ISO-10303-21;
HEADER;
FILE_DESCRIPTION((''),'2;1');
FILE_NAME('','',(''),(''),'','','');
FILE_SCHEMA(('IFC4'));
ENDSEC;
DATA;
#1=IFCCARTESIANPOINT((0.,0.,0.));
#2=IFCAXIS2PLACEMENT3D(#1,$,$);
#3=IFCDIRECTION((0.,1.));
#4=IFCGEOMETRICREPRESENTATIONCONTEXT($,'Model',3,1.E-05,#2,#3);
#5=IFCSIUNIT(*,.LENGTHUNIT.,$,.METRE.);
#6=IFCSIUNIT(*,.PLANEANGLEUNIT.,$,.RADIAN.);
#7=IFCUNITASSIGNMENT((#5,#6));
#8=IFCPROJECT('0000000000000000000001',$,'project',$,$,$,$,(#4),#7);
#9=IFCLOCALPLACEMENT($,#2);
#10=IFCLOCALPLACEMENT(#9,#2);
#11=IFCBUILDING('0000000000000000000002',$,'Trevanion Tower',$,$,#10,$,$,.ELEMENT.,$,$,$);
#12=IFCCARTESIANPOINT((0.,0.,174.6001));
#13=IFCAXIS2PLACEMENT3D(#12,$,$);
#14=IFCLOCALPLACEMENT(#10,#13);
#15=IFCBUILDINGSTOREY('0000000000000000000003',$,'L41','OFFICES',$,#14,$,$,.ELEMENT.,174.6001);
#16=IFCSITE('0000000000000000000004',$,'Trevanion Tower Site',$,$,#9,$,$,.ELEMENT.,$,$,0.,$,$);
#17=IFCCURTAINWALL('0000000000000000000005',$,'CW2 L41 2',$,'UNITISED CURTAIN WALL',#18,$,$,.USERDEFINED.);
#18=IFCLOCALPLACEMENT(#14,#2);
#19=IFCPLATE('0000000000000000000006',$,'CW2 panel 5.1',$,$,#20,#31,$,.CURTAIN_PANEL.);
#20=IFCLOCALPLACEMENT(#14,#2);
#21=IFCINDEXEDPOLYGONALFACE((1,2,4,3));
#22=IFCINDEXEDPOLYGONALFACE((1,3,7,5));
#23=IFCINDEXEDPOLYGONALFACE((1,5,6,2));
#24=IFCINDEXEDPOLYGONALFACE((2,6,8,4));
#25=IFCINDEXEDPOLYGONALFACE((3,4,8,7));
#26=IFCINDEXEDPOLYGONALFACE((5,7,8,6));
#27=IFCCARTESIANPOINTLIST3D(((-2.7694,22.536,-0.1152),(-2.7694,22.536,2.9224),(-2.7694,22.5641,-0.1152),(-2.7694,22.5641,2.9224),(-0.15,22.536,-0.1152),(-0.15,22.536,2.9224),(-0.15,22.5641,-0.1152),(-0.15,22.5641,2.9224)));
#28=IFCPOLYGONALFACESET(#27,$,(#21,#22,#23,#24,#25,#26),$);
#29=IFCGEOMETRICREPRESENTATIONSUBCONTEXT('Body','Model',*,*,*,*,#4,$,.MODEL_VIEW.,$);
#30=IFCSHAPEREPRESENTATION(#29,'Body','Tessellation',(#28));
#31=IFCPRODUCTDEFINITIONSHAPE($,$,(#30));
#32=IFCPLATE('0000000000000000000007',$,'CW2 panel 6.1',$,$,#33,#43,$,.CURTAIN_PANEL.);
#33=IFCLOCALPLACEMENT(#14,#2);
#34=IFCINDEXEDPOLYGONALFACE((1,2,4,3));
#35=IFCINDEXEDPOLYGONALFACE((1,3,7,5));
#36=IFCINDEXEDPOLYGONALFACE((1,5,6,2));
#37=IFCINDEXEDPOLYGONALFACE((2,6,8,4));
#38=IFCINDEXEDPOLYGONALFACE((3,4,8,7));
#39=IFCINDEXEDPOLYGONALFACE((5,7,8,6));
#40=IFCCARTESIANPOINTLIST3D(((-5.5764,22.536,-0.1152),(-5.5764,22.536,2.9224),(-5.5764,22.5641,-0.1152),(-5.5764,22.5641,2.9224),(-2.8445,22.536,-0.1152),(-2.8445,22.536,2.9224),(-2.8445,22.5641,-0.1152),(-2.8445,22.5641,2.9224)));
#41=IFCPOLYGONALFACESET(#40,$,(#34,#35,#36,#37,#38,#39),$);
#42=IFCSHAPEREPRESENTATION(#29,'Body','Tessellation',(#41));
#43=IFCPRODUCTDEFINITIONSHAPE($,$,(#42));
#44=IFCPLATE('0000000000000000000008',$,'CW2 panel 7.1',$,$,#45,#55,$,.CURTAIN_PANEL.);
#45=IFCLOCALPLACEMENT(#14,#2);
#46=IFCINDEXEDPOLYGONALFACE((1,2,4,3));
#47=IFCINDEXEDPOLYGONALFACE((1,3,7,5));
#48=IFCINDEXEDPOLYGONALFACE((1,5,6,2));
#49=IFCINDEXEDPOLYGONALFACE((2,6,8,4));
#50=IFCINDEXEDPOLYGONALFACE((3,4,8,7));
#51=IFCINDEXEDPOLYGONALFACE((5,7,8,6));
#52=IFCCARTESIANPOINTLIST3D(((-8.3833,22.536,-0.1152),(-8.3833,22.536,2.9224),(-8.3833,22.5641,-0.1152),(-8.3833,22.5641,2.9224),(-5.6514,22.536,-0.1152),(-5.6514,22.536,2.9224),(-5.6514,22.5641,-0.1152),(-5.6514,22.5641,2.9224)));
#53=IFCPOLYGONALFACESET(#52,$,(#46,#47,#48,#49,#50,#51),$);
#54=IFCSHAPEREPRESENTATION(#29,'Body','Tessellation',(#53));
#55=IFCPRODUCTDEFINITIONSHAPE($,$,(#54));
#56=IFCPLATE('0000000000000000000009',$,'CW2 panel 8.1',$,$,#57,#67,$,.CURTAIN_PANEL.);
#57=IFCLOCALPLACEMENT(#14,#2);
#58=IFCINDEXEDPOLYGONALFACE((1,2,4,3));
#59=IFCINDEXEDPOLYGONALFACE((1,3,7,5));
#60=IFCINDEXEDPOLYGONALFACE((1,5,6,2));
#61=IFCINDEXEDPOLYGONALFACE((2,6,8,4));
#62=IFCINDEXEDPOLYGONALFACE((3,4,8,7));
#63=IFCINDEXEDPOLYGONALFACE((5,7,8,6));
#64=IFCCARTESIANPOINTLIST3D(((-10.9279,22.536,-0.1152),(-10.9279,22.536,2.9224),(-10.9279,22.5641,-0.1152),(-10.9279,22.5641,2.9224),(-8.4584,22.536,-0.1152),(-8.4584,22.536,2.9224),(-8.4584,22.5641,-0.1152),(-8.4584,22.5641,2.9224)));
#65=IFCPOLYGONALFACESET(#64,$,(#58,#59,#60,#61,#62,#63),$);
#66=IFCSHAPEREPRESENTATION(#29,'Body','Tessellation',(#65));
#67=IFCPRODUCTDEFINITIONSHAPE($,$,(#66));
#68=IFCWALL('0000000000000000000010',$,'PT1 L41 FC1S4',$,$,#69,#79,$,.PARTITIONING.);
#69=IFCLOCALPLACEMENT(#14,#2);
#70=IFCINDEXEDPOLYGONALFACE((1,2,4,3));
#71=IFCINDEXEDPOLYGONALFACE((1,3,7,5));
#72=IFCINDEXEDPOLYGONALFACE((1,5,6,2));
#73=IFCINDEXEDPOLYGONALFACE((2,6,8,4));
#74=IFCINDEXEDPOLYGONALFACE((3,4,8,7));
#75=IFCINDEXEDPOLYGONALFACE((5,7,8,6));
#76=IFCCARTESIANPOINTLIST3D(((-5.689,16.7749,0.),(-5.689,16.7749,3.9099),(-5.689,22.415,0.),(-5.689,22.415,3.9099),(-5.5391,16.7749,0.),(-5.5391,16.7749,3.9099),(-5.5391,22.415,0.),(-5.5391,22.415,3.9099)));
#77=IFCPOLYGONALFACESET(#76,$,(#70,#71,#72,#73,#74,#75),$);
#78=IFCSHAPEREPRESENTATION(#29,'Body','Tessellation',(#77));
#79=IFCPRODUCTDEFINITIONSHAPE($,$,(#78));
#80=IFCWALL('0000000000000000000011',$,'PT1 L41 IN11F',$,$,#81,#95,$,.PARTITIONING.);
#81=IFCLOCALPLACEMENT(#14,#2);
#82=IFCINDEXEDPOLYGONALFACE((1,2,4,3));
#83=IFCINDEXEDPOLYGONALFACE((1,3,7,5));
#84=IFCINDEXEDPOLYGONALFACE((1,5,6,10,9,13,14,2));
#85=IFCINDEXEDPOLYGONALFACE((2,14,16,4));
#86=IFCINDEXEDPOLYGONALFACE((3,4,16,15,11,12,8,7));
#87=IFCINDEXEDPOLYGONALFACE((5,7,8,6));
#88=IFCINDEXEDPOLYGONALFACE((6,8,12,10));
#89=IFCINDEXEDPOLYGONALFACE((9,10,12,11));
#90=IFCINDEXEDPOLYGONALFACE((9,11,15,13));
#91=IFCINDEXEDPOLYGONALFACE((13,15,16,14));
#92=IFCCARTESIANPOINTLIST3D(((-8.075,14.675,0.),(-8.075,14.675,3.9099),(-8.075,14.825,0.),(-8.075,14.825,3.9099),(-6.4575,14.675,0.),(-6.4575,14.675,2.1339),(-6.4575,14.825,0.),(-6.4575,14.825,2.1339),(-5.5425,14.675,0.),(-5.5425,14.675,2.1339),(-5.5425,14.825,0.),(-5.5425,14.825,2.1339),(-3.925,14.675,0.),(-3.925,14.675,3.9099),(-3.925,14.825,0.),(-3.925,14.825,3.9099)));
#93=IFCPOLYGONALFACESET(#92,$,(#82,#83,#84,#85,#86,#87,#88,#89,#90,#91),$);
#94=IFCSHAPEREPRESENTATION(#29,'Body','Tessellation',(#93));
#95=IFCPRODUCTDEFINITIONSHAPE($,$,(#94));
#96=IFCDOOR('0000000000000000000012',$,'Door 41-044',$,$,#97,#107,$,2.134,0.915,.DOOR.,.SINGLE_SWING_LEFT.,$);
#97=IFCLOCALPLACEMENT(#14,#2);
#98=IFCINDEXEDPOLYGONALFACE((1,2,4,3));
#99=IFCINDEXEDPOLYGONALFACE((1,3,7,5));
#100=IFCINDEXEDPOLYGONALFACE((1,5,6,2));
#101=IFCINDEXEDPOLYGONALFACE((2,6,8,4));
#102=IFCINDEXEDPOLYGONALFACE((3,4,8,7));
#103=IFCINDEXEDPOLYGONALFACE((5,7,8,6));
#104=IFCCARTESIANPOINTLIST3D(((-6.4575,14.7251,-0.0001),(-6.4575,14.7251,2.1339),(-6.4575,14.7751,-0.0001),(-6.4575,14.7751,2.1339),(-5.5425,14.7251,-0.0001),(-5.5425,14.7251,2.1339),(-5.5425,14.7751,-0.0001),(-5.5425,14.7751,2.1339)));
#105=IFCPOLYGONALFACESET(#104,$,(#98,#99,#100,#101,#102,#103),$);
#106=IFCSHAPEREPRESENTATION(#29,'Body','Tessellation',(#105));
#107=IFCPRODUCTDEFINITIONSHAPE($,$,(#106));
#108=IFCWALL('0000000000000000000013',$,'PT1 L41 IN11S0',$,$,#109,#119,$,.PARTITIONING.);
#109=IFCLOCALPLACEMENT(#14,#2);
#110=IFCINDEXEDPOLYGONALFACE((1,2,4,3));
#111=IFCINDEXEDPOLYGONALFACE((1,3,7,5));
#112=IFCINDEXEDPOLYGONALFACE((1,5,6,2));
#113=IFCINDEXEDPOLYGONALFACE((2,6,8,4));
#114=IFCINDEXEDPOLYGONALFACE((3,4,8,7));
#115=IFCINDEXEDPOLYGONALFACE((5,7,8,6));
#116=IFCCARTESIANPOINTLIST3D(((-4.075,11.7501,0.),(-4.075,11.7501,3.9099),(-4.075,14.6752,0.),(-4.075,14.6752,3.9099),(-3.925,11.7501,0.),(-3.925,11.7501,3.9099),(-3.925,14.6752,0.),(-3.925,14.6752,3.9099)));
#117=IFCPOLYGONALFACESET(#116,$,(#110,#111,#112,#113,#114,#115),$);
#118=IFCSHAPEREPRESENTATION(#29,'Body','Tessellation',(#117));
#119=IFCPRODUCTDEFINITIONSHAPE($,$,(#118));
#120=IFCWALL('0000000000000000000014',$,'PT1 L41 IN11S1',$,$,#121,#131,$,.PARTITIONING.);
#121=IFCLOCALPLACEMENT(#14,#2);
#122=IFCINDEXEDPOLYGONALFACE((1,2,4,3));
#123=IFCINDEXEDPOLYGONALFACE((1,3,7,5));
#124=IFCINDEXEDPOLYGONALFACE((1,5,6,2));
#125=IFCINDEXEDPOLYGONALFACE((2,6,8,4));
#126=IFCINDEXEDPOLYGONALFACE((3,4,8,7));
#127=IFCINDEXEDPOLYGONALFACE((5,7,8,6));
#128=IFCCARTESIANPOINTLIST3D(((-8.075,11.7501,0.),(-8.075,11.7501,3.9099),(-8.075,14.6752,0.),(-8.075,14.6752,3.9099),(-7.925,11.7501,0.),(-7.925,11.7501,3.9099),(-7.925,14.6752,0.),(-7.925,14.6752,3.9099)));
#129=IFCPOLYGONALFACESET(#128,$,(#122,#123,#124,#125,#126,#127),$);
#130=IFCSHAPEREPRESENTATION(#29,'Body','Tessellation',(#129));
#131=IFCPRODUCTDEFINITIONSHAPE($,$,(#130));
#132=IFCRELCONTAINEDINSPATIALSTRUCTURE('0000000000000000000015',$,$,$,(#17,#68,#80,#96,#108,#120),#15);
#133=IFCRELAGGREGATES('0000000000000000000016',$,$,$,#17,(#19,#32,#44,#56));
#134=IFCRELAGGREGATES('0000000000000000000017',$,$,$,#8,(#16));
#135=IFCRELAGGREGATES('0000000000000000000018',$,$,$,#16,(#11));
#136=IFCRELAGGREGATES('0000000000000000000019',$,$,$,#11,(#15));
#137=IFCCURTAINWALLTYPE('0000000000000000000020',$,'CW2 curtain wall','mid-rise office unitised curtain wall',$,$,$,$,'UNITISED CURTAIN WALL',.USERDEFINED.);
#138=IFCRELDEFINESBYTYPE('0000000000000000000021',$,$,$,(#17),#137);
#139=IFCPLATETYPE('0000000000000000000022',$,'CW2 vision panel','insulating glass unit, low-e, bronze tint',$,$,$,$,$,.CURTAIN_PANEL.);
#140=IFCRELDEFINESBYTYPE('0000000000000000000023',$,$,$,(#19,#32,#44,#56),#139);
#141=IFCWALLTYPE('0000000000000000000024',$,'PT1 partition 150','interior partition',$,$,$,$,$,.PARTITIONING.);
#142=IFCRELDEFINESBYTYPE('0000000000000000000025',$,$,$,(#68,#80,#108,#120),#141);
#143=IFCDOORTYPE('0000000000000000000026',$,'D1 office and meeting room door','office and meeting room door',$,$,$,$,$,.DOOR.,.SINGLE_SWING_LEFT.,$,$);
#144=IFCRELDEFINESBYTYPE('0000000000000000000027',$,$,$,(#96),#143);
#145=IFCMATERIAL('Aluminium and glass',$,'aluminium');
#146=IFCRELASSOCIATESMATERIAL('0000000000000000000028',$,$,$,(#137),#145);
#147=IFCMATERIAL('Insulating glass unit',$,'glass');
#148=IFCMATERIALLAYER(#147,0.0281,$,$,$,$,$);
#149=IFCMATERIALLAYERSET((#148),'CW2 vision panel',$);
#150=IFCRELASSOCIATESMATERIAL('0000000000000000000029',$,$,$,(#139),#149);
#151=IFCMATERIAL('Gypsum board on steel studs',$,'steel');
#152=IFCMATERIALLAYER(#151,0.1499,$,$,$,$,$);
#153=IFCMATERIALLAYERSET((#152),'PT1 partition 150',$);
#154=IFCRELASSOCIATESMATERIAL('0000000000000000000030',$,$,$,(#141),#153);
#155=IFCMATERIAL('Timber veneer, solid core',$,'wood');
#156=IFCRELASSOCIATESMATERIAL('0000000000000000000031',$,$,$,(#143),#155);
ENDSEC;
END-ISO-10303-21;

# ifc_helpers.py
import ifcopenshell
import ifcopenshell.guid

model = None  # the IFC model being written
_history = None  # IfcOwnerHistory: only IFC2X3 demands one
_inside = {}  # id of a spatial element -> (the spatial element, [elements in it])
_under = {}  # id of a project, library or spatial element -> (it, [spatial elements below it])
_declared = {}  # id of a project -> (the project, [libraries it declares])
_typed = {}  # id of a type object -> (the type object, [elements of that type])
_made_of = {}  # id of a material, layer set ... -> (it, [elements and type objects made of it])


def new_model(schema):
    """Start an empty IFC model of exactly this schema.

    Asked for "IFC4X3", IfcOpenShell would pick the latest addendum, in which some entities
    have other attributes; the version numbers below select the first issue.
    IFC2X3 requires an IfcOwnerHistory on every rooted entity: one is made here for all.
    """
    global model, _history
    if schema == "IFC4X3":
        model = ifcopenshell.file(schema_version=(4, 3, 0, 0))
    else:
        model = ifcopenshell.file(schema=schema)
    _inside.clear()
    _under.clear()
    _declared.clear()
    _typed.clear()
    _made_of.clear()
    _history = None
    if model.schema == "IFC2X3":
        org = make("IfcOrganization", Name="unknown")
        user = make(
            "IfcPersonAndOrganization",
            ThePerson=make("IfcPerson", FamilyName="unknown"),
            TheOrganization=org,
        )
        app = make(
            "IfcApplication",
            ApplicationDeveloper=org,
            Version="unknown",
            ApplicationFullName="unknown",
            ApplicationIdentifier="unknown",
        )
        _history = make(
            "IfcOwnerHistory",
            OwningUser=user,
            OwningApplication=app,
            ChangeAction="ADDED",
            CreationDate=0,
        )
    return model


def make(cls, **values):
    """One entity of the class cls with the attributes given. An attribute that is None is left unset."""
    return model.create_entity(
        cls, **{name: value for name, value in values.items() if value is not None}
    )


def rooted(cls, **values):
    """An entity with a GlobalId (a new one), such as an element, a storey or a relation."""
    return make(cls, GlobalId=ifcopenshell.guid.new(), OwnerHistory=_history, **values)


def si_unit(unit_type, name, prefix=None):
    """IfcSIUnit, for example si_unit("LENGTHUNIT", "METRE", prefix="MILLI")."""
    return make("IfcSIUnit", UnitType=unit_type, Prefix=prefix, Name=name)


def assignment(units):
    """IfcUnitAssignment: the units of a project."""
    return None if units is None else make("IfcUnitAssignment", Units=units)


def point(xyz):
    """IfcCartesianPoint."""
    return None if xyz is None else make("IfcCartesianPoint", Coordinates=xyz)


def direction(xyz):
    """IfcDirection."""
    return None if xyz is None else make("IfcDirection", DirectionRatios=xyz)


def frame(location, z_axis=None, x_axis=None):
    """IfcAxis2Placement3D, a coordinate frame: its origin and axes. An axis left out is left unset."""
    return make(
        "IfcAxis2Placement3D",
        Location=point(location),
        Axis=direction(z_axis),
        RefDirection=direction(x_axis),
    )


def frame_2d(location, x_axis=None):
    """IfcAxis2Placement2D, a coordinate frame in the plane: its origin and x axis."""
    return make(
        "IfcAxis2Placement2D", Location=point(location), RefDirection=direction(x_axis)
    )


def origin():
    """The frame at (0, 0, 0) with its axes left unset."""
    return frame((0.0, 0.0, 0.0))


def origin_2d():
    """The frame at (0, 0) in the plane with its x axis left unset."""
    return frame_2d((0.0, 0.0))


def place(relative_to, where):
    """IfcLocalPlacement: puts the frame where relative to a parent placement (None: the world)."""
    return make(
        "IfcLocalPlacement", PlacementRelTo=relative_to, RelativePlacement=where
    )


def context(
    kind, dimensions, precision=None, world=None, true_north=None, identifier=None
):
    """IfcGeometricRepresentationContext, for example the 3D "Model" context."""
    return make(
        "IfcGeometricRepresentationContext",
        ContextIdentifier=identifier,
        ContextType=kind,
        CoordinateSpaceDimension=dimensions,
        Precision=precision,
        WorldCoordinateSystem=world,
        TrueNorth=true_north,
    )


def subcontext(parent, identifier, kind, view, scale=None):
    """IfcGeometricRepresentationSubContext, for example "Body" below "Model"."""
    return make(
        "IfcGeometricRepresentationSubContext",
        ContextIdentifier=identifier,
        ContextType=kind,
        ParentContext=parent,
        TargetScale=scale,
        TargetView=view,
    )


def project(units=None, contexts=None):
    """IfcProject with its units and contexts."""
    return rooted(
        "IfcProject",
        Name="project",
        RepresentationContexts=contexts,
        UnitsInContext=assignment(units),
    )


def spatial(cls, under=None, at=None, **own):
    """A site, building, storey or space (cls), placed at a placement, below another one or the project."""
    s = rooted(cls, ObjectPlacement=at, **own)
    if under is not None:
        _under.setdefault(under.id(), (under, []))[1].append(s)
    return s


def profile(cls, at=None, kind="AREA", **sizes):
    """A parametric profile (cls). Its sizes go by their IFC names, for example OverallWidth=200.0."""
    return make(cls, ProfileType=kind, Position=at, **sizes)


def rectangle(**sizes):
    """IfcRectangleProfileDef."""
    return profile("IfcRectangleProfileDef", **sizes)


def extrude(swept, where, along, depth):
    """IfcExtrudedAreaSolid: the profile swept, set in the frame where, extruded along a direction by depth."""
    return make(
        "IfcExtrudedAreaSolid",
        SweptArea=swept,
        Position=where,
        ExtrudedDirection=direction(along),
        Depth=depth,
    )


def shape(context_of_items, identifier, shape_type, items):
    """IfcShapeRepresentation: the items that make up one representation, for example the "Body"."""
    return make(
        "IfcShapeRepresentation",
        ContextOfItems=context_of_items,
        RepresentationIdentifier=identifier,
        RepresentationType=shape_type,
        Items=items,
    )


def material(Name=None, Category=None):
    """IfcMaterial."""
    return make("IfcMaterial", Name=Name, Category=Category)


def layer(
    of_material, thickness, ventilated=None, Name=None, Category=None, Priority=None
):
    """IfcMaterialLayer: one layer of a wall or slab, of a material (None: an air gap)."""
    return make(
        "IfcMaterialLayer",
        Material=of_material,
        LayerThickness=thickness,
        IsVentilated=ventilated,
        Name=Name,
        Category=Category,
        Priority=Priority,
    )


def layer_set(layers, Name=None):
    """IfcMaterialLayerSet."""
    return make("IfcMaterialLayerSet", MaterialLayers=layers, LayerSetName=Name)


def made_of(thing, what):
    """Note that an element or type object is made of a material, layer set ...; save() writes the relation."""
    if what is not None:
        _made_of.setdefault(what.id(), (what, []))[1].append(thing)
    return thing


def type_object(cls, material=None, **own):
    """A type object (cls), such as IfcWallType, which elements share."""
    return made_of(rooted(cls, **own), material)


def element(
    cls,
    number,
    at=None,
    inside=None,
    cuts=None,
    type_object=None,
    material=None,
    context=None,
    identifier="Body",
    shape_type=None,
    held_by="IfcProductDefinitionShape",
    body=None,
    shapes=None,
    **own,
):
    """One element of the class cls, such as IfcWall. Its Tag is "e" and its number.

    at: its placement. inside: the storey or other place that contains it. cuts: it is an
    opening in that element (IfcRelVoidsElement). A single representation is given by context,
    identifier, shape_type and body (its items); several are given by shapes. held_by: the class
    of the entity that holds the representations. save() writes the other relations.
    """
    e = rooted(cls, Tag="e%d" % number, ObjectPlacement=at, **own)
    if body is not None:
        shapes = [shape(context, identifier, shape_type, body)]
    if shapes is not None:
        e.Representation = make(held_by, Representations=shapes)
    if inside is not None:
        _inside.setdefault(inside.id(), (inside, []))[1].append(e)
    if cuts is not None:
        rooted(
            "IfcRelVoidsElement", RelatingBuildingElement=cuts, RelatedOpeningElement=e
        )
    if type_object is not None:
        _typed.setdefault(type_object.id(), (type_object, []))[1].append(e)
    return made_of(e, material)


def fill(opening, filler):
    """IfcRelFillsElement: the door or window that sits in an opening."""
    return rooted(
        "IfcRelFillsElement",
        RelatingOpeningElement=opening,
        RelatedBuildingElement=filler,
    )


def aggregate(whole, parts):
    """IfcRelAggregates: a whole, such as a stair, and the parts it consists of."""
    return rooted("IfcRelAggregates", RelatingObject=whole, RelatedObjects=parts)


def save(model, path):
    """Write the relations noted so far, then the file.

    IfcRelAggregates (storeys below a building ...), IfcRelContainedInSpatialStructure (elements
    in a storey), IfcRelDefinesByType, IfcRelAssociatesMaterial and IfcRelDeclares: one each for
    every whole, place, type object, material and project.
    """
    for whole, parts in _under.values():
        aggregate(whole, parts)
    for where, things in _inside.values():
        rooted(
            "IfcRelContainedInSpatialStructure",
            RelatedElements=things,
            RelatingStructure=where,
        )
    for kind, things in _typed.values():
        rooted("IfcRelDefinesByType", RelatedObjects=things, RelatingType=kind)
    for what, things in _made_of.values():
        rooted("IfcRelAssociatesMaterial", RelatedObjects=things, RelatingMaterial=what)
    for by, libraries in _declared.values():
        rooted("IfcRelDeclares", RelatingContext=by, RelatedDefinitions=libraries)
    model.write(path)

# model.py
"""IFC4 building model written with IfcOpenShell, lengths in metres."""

from ifc_helpers import new_model, si_unit, direction, frame, frame_2d, origin, origin_2d, place, context, subcontext, project, spatial, rectangle, extrude, material, layer, layer_set, type_object, element, fill, aggregate, save


model = new_model("IFC4")

# Units and contexts
model_context = context("Model", 3, precision=1e-05, world=origin(), true_north=direction((0.0, 1.0)))
body_context = subcontext(model_context, "Body", "Model", "MODEL_VIEW")
ifc_project = project(units=[si_unit("LENGTHUNIT", "METRE"), si_unit("PLANEANGLEUNIT", "RADIAN")], contexts=[model_context])

# Site, building, storey
site_placement = place(None, origin())
site = spatial("IfcSite", under=ifc_project, at=site_placement, Name="Trevanion Tower Site", CompositionType="ELEMENT", RefElevation=0.0)
building_placement = place(site_placement, origin())
building = spatial("IfcBuilding", under=site, at=building_placement, Name="Trevanion Tower", CompositionType="ELEMENT")
storey_placement = place(building_placement, frame((0.0, 0.0, 174.6001)))
storey = spatial("IfcBuildingStorey", under=building, at=storey_placement, Name="L41", Description="OFFICES", CompositionType="ELEMENT", Elevation=174.6001)

# Curtain wall
ifc_material_1 = material(Name="Aluminium and glass", Category="aluminium")
curtain_wall_type = type_object("IfcCurtainWallType", Name="CW2 curtain wall", Description="mid-rise office unitised curtain wall", ElementType="UNITISED CURTAIN WALL", PredefinedType="USERDEFINED", material=ifc_material_1)
curtain_wall_placement = place(storey_placement, origin())
curtain_wall = element("IfcCurtainWall", 1, at=curtain_wall_placement, inside=storey, type_object=curtain_wall_type, Name="CW2 L41 2", ObjectType="UNITISED CURTAIN WALL", PredefinedType="USERDEFINED")

# Plates
ifc_material_2 = material(Name="Insulating glass unit", Category="glass")
ifc_layer_1 = layer(ifc_material_2, 0.0281)
ifc_layer_set_1 = layer_set([ifc_layer_1], Name="CW2 vision panel")
plate_type_1 = type_object("IfcPlateType", Name="CW2 vision panel", Description="insulating glass unit, low-e, bronze tint", PredefinedType="CURTAIN_PANEL", material=ifc_layer_set_1)
plate_1_placement = place(storey_placement, frame((-1.4597, 22.55, -0.1152), z_axis=(0.0, 0.0, 1.0), x_axis=(-1.0, 0.0, 0.0)))
plate_1 = element("IfcPlate", 2, at=plate_1_placement, type_object=plate_type_1, Name="CW2 panel 5.1", PredefinedType="CURTAIN_PANEL", context=body_context, shape_type="SweptSolid", body=[
    extrude(rectangle(XDim=2.6194, YDim=0.0281, at=origin_2d()), origin(), (0.0, 0.0, 1.0), 3.0376),
])
plate_2_placement = place(storey_placement, frame((-4.2104, 22.55, -0.1152), z_axis=(0.0, 0.0, 1.0), x_axis=(-1.0, 0.0, 0.0)))
plate_2 = element("IfcPlate", 3, at=plate_2_placement, type_object=plate_type_1, Name="CW2 panel 6.1", PredefinedType="CURTAIN_PANEL", context=body_context, shape_type="SweptSolid", body=[
    extrude(rectangle(XDim=2.7319, YDim=0.0281, at=origin_2d()), origin(), (0.0, 0.0, 1.0), 3.0376),
])
plate_3_placement = place(storey_placement, frame((-7.0173, 22.55, -0.1152), z_axis=(0.0, 0.0, 1.0), x_axis=(-1.0, 0.0, 0.0)))
plate_3 = element("IfcPlate", 4, at=plate_3_placement, type_object=plate_type_1, Name="CW2 panel 7.1", PredefinedType="CURTAIN_PANEL", context=body_context, shape_type="SweptSolid", body=[
    extrude(rectangle(XDim=2.7319, YDim=0.0281, at=origin_2d()), origin(), (0.0, 0.0, 1.0), 3.0376),
])
plate_4_placement = place(storey_placement, frame((-9.6931, 22.55, -0.1152), z_axis=(0.0, 0.0, 1.0), x_axis=(-1.0, 0.0, 0.0)))
plate_4 = element("IfcPlate", 5, at=plate_4_placement, type_object=plate_type_1, Name="CW2 panel 8.1", PredefinedType="CURTAIN_PANEL", context=body_context, shape_type="SweptSolid", body=[
    extrude(rectangle(XDim=2.4695, YDim=0.0281, at=origin_2d()), origin(), (0.0, 0.0, 1.0), 3.0376),
])
aggregate(curtain_wall, [plate_1, plate_2, plate_3, plate_4])

# Wall
ifc_material_3 = material(Name="Gypsum board on steel studs", Category="steel")
ifc_layer_2 = layer(ifc_material_3, 0.1499)
ifc_layer_set_2 = layer_set([ifc_layer_2], Name="PT1 partition 150")
wall_type = type_object("IfcWallType", Name="PT1 partition 150", Description="interior partition", PredefinedType="PARTITIONING", material=ifc_layer_set_2)
wall_1_placement = place(storey_placement, frame((-5.614, 16.7749, 0.0), z_axis=(0.0, 0.0, 1.0), x_axis=(0.0, 1.0, 0.0)))
element("IfcWall", 6, at=wall_1_placement, inside=storey, type_object=wall_type, Name="PT1 L41 FC1S4", PredefinedType="PARTITIONING", context=body_context, shape_type="SweptSolid", body=[
    extrude(rectangle(XDim=5.6401, YDim=0.1499, at=frame_2d((2.8201, 0.0))), origin(), (0.0, 0.0, 1.0), 3.9099),
])

# Wall, opening, door
wall_2_placement = place(storey_placement, frame((-3.925, 14.75, 0.0), z_axis=(0.0, 0.0, 1.0), x_axis=(-1.0, 0.0, 0.0)))
wall_2 = element("IfcWall", 7, at=wall_2_placement, inside=storey, type_object=wall_type, Name="PT1 L41 IN11F", PredefinedType="PARTITIONING", context=body_context, shape_type="SweptSolid", body=[
    extrude(rectangle(XDim=4.1499, YDim=0.1499, at=frame_2d((2.075, 0.0))), origin(), (0.0, 0.0, 1.0), 3.9099),
])
opening_placement = place(wall_2_placement, frame((1.6174, 0.0, 0.0)))
opening = element("IfcOpeningElement", 8, at=opening_placement, cuts=wall_2, PredefinedType="OPENING", context=body_context, shape_type="SweptSolid", body=[
    extrude(rectangle(XDim=0.915, YDim=2.134, at=frame_2d((0.4575, 1.0669))), frame((0.0, 0.085, 0.0), z_axis=(0.0, -1.0, 0.0), x_axis=(1.0, 0.0, 0.0)), (0.0, 0.0, 1.0), 0.1699),
])
ifc_material_4 = material(Name="Timber veneer, solid core", Category="wood")
door_type = type_object("IfcDoorType", Name="D1 office and meeting room door", Description="office and meeting room door", OperationType="SINGLE_SWING_LEFT", PredefinedType="DOOR", material=ifc_material_4)
door_placement = place(opening_placement, origin())
door = element("IfcDoor", 9, at=door_placement, inside=storey, type_object=door_type, Name="Door 41-044", OperationType="SINGLE_SWING_LEFT", OverallHeight=2.134, OverallWidth=0.915, PredefinedType="DOOR", context=body_context, shape_type="SweptSolid", body=[
    extrude(rectangle(XDim=0.915, YDim=2.134, at=frame_2d((0.4575, 1.0669))), frame((0.0, 0.0249, 0.0), z_axis=(0.0, -1.0, 0.0), x_axis=(1.0, 0.0, 0.0)), (0.0, 0.0, 1.0), 0.05),
])
fill(opening, door)

# Walls
for number, where, z_axis, x_axis, name in (
    (10, (-4.0, 14.675, 0.0), (0.0, 0.0, 1.0), (0.0, -1.0, 0.0), "PT1 L41 IN11S0"),
    (11, (-8.0, 14.675, 0.0), (0.0, 0.0, 1.0), (0.0, -1.0, 0.0), "PT1 L41 IN11S1"),
):
    element("IfcWall", number, at=place(storey_placement, frame(where, z_axis=z_axis, x_axis=x_axis)), inside=storey, type_object=wall_type, Name=name, PredefinedType="PARTITIONING", context=body_context, shape_type="SweptSolid", body=[
        extrude(rectangle(XDim=2.925, YDim=0.1499, at=frame_2d((1.4624, 0.0))), origin(), (0.0, 0.0, 1.0), 3.9099),
    ])

save(model, "model.ifc")
